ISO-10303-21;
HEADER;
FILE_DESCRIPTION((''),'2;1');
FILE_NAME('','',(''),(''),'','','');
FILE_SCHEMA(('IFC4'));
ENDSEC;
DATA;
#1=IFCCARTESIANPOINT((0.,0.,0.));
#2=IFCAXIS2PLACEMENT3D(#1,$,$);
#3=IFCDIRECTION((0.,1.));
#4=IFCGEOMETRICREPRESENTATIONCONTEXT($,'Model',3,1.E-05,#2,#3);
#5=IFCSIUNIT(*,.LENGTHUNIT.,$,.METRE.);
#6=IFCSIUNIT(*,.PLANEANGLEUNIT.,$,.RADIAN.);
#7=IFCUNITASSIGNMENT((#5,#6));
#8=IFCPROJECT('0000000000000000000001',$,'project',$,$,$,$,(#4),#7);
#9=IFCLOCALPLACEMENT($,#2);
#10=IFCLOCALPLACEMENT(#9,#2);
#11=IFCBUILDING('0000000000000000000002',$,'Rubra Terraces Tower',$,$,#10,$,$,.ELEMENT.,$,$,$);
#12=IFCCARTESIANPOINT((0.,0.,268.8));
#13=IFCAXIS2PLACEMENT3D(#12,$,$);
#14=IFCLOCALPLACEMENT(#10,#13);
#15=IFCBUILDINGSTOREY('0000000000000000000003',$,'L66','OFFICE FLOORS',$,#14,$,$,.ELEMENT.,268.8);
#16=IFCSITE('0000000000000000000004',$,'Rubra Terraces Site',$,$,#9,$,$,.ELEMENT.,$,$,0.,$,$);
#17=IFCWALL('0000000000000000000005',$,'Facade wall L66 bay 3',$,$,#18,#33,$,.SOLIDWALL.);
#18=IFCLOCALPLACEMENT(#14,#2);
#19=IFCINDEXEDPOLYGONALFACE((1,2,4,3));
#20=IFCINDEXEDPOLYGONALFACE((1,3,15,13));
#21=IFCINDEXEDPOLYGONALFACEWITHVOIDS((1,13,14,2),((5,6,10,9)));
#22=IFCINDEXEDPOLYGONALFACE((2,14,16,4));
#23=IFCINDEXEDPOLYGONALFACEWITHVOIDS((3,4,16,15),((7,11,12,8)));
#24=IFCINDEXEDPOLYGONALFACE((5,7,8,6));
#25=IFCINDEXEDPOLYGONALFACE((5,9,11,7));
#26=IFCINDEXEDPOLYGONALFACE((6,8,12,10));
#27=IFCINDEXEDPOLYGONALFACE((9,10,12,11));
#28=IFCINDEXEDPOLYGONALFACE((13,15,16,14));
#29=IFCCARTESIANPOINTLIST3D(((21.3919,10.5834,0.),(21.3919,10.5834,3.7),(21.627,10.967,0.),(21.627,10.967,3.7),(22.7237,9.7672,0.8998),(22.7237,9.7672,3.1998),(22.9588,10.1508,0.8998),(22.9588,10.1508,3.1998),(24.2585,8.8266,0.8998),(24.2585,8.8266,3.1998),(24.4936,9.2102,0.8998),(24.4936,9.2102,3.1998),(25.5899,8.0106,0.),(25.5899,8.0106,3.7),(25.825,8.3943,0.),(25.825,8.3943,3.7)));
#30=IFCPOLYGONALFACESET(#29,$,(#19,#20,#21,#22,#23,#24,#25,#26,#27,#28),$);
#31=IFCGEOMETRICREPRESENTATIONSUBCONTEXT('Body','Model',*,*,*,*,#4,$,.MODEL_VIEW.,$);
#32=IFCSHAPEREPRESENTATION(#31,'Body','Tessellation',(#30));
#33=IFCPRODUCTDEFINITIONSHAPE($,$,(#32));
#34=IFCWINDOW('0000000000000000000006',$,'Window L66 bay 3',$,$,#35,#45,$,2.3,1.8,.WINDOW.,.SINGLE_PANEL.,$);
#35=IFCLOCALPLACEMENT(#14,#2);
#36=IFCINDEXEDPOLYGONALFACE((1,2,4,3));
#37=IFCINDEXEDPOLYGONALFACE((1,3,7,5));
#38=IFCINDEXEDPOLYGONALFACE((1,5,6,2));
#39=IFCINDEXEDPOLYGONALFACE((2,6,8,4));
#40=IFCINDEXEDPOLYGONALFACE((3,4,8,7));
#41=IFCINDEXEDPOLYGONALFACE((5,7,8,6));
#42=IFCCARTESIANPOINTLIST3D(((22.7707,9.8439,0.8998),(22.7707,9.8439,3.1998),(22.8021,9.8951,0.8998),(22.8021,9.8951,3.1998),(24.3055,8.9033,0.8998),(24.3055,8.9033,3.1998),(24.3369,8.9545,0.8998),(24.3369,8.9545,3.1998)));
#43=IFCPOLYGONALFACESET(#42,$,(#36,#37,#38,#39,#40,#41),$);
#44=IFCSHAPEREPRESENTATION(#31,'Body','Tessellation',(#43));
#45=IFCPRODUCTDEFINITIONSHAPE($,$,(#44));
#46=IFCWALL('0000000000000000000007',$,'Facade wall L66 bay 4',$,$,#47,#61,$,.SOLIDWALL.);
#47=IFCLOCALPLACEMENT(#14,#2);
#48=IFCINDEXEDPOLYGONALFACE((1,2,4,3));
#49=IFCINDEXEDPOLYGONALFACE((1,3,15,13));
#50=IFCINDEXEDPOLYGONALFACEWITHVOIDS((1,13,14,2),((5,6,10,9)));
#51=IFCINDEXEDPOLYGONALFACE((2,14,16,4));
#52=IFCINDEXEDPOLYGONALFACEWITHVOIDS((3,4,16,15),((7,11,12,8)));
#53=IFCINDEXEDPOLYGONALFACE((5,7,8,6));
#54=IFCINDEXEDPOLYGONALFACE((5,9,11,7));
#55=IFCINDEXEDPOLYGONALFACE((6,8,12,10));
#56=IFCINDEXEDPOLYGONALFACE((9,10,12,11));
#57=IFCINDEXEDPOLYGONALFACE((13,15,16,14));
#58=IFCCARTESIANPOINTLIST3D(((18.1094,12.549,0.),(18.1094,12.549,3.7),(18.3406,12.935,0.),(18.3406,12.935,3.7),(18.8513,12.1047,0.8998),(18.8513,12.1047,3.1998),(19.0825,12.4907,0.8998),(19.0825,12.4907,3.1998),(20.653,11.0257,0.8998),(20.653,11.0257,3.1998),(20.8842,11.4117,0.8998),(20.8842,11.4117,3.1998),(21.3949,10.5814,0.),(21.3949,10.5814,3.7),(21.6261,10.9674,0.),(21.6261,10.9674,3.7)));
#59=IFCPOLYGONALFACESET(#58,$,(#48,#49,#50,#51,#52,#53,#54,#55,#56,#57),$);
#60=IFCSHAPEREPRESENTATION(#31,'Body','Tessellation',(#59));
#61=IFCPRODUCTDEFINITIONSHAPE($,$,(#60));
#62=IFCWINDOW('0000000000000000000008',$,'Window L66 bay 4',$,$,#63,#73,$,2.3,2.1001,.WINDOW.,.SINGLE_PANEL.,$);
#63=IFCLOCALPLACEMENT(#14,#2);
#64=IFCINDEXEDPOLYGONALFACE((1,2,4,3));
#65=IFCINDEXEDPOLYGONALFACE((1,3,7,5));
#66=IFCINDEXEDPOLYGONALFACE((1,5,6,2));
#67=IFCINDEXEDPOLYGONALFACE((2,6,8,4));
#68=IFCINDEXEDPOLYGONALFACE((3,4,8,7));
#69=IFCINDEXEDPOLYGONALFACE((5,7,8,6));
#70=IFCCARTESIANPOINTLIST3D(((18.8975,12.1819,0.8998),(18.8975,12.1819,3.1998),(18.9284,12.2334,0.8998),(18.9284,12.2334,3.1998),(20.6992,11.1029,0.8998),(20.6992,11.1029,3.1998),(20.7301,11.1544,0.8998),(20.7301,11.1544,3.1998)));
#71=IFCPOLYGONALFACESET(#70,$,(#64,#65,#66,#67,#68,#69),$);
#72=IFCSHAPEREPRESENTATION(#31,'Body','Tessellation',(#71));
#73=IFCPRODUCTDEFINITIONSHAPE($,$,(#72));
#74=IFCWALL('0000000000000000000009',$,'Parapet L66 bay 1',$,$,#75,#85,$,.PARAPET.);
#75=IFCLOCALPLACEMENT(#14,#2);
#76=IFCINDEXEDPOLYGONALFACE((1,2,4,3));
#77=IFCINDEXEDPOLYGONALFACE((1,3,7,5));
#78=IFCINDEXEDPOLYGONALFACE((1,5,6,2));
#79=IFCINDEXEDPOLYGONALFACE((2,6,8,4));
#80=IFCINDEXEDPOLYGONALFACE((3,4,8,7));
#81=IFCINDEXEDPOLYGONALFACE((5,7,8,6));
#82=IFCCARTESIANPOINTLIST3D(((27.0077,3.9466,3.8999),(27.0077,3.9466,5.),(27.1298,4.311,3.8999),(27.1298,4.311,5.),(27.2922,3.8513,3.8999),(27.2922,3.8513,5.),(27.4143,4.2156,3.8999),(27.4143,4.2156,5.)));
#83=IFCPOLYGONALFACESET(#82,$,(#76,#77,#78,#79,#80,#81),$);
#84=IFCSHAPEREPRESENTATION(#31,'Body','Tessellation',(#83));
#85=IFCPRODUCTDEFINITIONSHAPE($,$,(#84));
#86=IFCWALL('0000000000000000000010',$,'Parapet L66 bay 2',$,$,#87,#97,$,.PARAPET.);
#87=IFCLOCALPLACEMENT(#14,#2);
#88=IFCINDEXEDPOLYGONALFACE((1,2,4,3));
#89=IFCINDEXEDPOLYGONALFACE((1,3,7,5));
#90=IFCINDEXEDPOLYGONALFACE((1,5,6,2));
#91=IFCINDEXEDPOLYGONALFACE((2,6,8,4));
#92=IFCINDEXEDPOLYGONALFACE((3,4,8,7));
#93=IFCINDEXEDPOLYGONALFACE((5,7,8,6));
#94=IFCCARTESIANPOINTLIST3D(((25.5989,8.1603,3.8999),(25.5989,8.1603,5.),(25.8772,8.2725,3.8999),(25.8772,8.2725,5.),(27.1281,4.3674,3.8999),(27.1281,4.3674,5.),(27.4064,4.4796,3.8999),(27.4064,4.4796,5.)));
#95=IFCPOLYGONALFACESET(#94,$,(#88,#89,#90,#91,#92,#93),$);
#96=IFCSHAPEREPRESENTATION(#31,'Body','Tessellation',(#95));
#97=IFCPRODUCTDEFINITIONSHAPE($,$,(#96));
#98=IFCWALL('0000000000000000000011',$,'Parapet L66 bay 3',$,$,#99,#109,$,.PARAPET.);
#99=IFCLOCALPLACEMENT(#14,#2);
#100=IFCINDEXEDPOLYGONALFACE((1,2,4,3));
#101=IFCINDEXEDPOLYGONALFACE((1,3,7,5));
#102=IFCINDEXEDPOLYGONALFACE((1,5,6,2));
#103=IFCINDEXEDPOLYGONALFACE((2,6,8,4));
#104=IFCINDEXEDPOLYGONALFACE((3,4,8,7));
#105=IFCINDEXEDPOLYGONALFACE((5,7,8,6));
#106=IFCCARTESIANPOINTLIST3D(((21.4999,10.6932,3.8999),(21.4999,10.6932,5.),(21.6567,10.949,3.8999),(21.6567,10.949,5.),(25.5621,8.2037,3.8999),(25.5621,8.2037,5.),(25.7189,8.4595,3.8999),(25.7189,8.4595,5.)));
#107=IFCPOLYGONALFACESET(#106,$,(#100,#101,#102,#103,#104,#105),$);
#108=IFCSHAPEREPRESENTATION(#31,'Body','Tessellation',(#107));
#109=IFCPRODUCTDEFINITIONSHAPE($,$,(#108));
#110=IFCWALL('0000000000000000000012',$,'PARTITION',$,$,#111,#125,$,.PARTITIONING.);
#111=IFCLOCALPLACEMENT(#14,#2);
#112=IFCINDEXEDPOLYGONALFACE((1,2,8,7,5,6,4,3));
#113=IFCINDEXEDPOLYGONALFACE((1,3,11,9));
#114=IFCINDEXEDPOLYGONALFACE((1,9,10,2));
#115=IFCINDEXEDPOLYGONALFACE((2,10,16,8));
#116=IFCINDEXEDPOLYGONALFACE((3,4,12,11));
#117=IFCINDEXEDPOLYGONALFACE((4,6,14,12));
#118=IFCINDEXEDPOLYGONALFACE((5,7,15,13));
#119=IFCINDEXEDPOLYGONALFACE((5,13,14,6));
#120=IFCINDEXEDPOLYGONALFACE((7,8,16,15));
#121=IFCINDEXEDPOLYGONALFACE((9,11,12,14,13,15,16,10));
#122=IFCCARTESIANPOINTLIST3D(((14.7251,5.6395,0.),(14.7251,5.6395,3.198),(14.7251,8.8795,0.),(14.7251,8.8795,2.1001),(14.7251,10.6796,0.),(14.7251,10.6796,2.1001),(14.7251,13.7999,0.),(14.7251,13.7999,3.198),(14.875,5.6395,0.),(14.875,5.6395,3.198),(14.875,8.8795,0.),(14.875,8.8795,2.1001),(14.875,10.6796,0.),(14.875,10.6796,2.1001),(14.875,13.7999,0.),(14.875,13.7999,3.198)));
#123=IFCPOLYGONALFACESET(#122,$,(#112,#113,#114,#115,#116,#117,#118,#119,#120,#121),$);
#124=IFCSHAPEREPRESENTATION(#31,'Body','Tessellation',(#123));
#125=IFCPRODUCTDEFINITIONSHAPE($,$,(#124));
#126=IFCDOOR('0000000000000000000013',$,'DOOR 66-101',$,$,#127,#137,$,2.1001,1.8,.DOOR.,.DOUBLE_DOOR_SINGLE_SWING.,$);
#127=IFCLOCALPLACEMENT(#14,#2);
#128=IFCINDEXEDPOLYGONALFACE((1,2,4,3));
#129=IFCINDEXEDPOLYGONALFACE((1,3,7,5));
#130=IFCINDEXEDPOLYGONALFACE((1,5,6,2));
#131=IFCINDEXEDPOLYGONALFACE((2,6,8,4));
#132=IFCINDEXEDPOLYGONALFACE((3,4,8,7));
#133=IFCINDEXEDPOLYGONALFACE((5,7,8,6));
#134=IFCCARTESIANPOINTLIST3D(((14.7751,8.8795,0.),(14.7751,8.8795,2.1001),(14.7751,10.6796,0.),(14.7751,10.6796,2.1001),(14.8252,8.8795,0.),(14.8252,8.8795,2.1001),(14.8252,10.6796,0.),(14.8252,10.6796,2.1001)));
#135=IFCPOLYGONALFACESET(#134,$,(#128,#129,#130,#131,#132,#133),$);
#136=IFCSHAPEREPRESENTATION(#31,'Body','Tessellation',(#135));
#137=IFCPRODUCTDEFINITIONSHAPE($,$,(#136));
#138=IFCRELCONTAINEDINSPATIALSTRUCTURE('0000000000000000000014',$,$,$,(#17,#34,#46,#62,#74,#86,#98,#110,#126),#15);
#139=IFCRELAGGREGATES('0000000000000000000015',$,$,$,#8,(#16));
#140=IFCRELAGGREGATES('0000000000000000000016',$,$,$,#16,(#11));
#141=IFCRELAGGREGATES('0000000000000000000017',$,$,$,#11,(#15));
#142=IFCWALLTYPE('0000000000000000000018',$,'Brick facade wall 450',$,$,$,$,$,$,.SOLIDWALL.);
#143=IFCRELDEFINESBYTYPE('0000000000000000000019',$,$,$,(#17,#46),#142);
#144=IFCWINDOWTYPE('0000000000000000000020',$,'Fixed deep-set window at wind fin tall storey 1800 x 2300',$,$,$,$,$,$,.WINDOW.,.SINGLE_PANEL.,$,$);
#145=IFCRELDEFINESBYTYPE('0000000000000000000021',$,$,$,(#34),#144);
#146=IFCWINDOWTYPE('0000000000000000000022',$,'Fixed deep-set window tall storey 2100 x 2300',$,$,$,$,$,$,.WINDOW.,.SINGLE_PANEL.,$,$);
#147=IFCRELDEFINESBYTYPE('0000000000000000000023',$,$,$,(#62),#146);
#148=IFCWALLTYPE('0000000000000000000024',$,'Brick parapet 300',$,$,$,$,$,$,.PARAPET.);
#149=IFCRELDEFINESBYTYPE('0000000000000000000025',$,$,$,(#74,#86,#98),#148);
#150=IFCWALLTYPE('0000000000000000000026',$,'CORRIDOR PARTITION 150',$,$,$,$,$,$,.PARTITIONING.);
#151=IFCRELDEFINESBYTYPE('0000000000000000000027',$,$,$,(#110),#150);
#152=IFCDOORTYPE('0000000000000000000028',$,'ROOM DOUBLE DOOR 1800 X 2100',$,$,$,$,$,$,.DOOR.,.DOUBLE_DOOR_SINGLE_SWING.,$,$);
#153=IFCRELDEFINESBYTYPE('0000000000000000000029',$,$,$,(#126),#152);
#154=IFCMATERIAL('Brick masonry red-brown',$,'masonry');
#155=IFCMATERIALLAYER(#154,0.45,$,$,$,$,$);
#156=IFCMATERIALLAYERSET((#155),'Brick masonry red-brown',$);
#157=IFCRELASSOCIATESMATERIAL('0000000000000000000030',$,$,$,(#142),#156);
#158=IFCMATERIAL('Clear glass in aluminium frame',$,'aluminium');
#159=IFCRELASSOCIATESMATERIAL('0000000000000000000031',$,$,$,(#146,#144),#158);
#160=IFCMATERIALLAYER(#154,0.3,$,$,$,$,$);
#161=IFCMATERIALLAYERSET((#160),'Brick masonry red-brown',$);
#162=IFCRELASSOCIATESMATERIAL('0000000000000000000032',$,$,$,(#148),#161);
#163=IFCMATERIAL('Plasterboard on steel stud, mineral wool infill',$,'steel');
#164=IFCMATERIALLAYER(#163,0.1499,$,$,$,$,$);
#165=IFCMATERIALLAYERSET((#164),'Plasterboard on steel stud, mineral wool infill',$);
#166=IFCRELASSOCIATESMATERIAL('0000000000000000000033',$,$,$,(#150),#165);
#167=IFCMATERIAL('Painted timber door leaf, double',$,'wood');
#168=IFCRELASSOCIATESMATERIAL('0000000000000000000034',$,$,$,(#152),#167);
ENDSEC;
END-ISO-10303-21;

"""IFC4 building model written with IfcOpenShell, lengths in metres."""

from ifc_helpers import new_model, si_unit, direction, frame, frame_2d, origin, place, context, subcontext, project, spatial, rectangle, extrude, material, layer, layer_set, type_object, element, fill, save


model = new_model("IFC4")

# Units and contexts
model_context = context("Model", 3, precision=1e-05, world=origin(), true_north=direction((0.0, 1.0)))
body_context = subcontext(model_context, "Body", "Model", "MODEL_VIEW")
ifc_project = project(units=[si_unit("LENGTHUNIT", "METRE"), si_unit("PLANEANGLEUNIT", "RADIAN")], contexts=[model_context])

# Site, building, storey
site_placement = place(None, origin())
site = spatial("IfcSite", under=ifc_project, at=site_placement, Name="Rubra Terraces Site", CompositionType="ELEMENT", RefElevation=0.0)
building_placement = place(site_placement, origin())
building = spatial("IfcBuilding", under=site, at=building_placement, Name="Rubra Terraces Tower", CompositionType="ELEMENT")
storey_placement = place(building_placement, frame((0.0, 0.0, 268.8)))
storey = spatial("IfcBuildingStorey", under=building, at=storey_placement, Name="L66", Description="OFFICE FLOORS", CompositionType="ELEMENT", Elevation=268.8)

# Walls, openings, windows
ifc_material_1 = material(Name="Brick masonry red-brown", Category="masonry")
ifc_layer_1 = layer(ifc_material_1, 0.45)
ifc_layer_set_1 = layer_set([ifc_layer_1], Name="Brick masonry red-brown")
wall_type_1 = type_object("IfcWallType", Name="Brick facade wall 450", PredefinedType="SOLIDWALL", material=ifc_layer_set_1)
ifc_material_2 = material(Name="Clear glass in aluminium frame", Category="aluminium")
window_type_1 = type_object("IfcWindowType", Name="Fixed deep-set window tall storey 2100 x 2300", PartitioningType="SINGLE_PANEL", PredefinedType="WINDOW", material=ifc_material_2)
wall_1_placement = place(storey_placement, frame((25.7075, 8.2024, 0.0), z_axis=(0.0, 0.0, 1.0), x_axis=(-0.85262, 0.522531, 0.0)))
wall_1 = element("IfcWall", 1, at=wall_1_placement, inside=storey, type_object=wall_type_1, Name="Facade wall L66 bay 3", PredefinedType="SOLIDWALL", context=body_context, shape_type="SweptSolid", body=[
    extrude(rectangle(XDim=4.9236, YDim=0.45, at=frame_2d((2.4619, 0.0))), origin(), (0.0, 0.0, 1.0), 3.7),
])
opening_1_placement = place(wall_1_placement, frame((1.5618, 0.0, 0.8999)))
opening_1 = element("IfcOpeningElement", 2, at=opening_1_placement, cuts=wall_1, PredefinedType="OPENING", context=body_context, shape_type="SweptSolid", body=[
    extrude(rectangle(XDim=1.8, YDim=2.3, at=frame_2d((0.8999, 1.1499))), frame((0.0, 0.2349, 0.0), z_axis=(0.0, -1.0, 0.0), x_axis=(1.0, 0.0, 0.0)), (0.0, 0.0, 1.0), 0.47),
])
window_type_2 = type_object("IfcWindowType", Name="Fixed deep-set window at wind fin tall storey 1800 x 2300", PartitioningType="SINGLE_PANEL", PredefinedType="WINDOW", material=ifc_material_2)
window_1_placement = place(opening_1_placement, origin())
window_1 = element("IfcWindow", 3, at=window_1_placement, inside=storey, type_object=window_type_2, Name="Window L66 bay 3", OverallHeight=2.3, OverallWidth=1.8, PartitioningType="SINGLE_PANEL", PredefinedType="WINDOW", context=body_context, shape_type="SweptSolid", body=[
    extrude(rectangle(XDim=1.8, YDim=2.3, at=frame_2d((0.8999, 1.1499))), frame((0.0, 0.135, 0.0), z_axis=(0.0, -1.0, 0.0), x_axis=(1.0, 0.0, 0.0)), (0.0, 0.0, 1.0), 0.0601),
])
fill(opening_1, window_1)
wall_2_placement = place(storey_placement, frame((21.5105, 10.7744, 0.0), z_axis=(0.0, 0.0, 1.0), x_axis=(-0.85792, 0.513783, 0.0)))
wall_2 = element("IfcWall", 4, at=wall_2_placement, inside=storey, type_object=wall_type_1, Name="Facade wall L66 bay 4", PredefinedType="SOLIDWALL", context=body_context, shape_type="SweptSolid", body=[
    extrude(rectangle(XDim=3.8296, YDim=0.45, at=frame_2d((1.9148, 0.0))), origin(), (0.0, 0.0, 1.0), 3.7),
])
opening_2_placement = place(wall_2_placement, frame((0.8647, 0.0, 0.8999)))
opening_2 = element("IfcOpeningElement", 5, at=opening_2_placement, cuts=wall_2, PredefinedType="OPENING", context=body_context, shape_type="SweptSolid", body=[
    extrude(rectangle(XDim=2.1001, YDim=2.3, at=frame_2d((1.05, 1.1499))), frame((0.0, 0.2349, 0.0), z_axis=(0.0, -1.0, 0.0), x_axis=(1.0, 0.0, 0.0)), (0.0, 0.0, 1.0), 0.47),
])
window_2_placement = place(opening_2_placement, origin())
window_2 = element("IfcWindow", 6, at=window_2_placement, inside=storey, type_object=window_type_1, Name="Window L66 bay 4", OverallHeight=2.3, OverallWidth=2.1001, PartitioningType="SINGLE_PANEL", PredefinedType="WINDOW", context=body_context, shape_type="SweptSolid", body=[
    extrude(rectangle(XDim=2.1001, YDim=2.3, at=frame_2d((1.05, 1.1499))), frame((0.0, 0.135, 0.0), z_axis=(0.0, -1.0, 0.0), x_axis=(1.0, 0.0, 0.0)), (0.0, 0.0, 1.0), 0.0601),
])
fill(opening_2, window_2)

# Walls
ifc_layer_2 = layer(ifc_material_1, 0.3)
ifc_layer_set_2 = layer_set([ifc_layer_2], Name="Brick masonry red-brown")
wall_type_2 = type_object("IfcWallType", Name="Brick parapet 300", PredefinedType="PARAPET", material=ifc_layer_set_2)
wall_3_placement = place(storey_placement, frame((27.1499, 3.8989, 3.8999), z_axis=(0.0, 0.0, 1.0), x_axis=(0.317753, 0.948174, 0.0)))
element("IfcWall", 7, at=wall_3_placement, inside=storey, type_object=wall_type_2, Name="Parapet L66 bay 1", PredefinedType="PARAPET", context=body_context, shape_type="SweptSolid", body=[
    extrude(rectangle(XDim=0.3843, YDim=0.3, at=frame_2d((0.1921, 0.0))), origin(), (0.0, 0.0, 1.0), 1.1001),
])
wall_4_placement = place(storey_placement, frame((27.2673, 4.4233, 3.8999), z_axis=(0.0, 0.0, 1.0), x_axis=(-0.373942, 0.927452, 0.0)))
element("IfcWall", 8, at=wall_4_placement, inside=storey, type_object=wall_type_2, Name="Parapet L66 bay 2", PredefinedType="PARAPET", context=body_context, shape_type="SweptSolid", body=[
    extrude(rectangle(XDim=4.0896, YDim=0.3, at=frame_2d((2.0449, 0.0))), origin(), (0.0, 0.0, 1.0), 1.1001),
])
wall_5_placement = place(storey_placement, frame((25.6406, 8.3315, 3.8999), z_axis=(0.0, 0.0, 1.0), x_axis=(-0.852626, 0.522521, 0.0)))
element("IfcWall", 9, at=wall_5_placement, inside=storey, type_object=wall_type_2, Name="Parapet L66 bay 3", PredefinedType="PARAPET", context=body_context, shape_type="SweptSolid", body=[
    extrude(rectangle(XDim=4.7644, YDim=0.3, at=frame_2d((2.3823, 0.0))), origin(), (0.0, 0.0, 1.0), 1.1001),
])

# Wall, opening, door
ifc_material_3 = material(Name="Plasterboard on steel stud, mineral wool infill", Category="steel")
ifc_layer_3 = layer(ifc_material_3, 0.1499)
ifc_layer_set_3 = layer_set([ifc_layer_3], Name="Plasterboard on steel stud, mineral wool infill")
wall_type_3 = type_object("IfcWallType", Name="CORRIDOR PARTITION 150", PredefinedType="PARTITIONING", material=ifc_layer_set_3)
wall_6_placement = place(storey_placement, frame((14.8, 5.6396, 0.0), z_axis=(0.0, 0.0, 1.0), x_axis=(0.0, 1.0, 0.0)))
wall_6 = element("IfcWall", 10, at=wall_6_placement, inside=storey, type_object=wall_type_3, Name="PARTITION", PredefinedType="PARTITIONING", context=body_context, shape_type="SweptSolid", body=[
    extrude(rectangle(XDim=8.1604, YDim=0.1499, at=frame_2d((4.0801, 0.0))), origin(), (0.0, 0.0, 1.0), 3.198),
])
opening_3_placement = place(wall_6_placement, frame((3.24, 0.0, 0.0)))
opening_3 = element("IfcOpeningElement", 11, at=opening_3_placement, cuts=wall_6, PredefinedType="OPENING", context=body_context, shape_type="SweptSolid", body=[
    extrude(rectangle(XDim=1.8, YDim=2.1001, at=frame_2d((0.8999, 1.05))), frame((0.0, 0.085, 0.0), z_axis=(0.0, -1.0, 0.0), x_axis=(1.0, 0.0, 0.0)), (0.0, 0.0, 1.0), 0.1699),
])
ifc_material_4 = material(Name="Painted timber door leaf, double", Category="wood")
door_type_1 = type_object("IfcDoorType", Name="ROOM DOUBLE DOOR 1800 X 2100", OperationType="DOUBLE_DOOR_SINGLE_SWING", PredefinedType="DOOR", material=ifc_material_4)
door_1_placement = place(opening_3_placement, origin())
door_1 = element("IfcDoor", 12, at=door_1_placement, inside=storey, type_object=door_type_1, Name="DOOR 66-101", OperationType="DOUBLE_DOOR_SINGLE_SWING", OverallHeight=2.1001, OverallWidth=1.8, PredefinedType="DOOR", context=body_context, shape_type="SweptSolid", body=[
    extrude(rectangle(XDim=1.8, YDim=2.1001, at=frame_2d((0.8999, 1.05))), frame((0.0, 0.0249, 0.0), z_axis=(0.0, -1.0, 0.0), x_axis=(1.0, 0.0, 0.0)), (0.0, 0.0, 1.0), 0.05),
])
fill(opening_3, door_1)

save(model, "model.ifc")
